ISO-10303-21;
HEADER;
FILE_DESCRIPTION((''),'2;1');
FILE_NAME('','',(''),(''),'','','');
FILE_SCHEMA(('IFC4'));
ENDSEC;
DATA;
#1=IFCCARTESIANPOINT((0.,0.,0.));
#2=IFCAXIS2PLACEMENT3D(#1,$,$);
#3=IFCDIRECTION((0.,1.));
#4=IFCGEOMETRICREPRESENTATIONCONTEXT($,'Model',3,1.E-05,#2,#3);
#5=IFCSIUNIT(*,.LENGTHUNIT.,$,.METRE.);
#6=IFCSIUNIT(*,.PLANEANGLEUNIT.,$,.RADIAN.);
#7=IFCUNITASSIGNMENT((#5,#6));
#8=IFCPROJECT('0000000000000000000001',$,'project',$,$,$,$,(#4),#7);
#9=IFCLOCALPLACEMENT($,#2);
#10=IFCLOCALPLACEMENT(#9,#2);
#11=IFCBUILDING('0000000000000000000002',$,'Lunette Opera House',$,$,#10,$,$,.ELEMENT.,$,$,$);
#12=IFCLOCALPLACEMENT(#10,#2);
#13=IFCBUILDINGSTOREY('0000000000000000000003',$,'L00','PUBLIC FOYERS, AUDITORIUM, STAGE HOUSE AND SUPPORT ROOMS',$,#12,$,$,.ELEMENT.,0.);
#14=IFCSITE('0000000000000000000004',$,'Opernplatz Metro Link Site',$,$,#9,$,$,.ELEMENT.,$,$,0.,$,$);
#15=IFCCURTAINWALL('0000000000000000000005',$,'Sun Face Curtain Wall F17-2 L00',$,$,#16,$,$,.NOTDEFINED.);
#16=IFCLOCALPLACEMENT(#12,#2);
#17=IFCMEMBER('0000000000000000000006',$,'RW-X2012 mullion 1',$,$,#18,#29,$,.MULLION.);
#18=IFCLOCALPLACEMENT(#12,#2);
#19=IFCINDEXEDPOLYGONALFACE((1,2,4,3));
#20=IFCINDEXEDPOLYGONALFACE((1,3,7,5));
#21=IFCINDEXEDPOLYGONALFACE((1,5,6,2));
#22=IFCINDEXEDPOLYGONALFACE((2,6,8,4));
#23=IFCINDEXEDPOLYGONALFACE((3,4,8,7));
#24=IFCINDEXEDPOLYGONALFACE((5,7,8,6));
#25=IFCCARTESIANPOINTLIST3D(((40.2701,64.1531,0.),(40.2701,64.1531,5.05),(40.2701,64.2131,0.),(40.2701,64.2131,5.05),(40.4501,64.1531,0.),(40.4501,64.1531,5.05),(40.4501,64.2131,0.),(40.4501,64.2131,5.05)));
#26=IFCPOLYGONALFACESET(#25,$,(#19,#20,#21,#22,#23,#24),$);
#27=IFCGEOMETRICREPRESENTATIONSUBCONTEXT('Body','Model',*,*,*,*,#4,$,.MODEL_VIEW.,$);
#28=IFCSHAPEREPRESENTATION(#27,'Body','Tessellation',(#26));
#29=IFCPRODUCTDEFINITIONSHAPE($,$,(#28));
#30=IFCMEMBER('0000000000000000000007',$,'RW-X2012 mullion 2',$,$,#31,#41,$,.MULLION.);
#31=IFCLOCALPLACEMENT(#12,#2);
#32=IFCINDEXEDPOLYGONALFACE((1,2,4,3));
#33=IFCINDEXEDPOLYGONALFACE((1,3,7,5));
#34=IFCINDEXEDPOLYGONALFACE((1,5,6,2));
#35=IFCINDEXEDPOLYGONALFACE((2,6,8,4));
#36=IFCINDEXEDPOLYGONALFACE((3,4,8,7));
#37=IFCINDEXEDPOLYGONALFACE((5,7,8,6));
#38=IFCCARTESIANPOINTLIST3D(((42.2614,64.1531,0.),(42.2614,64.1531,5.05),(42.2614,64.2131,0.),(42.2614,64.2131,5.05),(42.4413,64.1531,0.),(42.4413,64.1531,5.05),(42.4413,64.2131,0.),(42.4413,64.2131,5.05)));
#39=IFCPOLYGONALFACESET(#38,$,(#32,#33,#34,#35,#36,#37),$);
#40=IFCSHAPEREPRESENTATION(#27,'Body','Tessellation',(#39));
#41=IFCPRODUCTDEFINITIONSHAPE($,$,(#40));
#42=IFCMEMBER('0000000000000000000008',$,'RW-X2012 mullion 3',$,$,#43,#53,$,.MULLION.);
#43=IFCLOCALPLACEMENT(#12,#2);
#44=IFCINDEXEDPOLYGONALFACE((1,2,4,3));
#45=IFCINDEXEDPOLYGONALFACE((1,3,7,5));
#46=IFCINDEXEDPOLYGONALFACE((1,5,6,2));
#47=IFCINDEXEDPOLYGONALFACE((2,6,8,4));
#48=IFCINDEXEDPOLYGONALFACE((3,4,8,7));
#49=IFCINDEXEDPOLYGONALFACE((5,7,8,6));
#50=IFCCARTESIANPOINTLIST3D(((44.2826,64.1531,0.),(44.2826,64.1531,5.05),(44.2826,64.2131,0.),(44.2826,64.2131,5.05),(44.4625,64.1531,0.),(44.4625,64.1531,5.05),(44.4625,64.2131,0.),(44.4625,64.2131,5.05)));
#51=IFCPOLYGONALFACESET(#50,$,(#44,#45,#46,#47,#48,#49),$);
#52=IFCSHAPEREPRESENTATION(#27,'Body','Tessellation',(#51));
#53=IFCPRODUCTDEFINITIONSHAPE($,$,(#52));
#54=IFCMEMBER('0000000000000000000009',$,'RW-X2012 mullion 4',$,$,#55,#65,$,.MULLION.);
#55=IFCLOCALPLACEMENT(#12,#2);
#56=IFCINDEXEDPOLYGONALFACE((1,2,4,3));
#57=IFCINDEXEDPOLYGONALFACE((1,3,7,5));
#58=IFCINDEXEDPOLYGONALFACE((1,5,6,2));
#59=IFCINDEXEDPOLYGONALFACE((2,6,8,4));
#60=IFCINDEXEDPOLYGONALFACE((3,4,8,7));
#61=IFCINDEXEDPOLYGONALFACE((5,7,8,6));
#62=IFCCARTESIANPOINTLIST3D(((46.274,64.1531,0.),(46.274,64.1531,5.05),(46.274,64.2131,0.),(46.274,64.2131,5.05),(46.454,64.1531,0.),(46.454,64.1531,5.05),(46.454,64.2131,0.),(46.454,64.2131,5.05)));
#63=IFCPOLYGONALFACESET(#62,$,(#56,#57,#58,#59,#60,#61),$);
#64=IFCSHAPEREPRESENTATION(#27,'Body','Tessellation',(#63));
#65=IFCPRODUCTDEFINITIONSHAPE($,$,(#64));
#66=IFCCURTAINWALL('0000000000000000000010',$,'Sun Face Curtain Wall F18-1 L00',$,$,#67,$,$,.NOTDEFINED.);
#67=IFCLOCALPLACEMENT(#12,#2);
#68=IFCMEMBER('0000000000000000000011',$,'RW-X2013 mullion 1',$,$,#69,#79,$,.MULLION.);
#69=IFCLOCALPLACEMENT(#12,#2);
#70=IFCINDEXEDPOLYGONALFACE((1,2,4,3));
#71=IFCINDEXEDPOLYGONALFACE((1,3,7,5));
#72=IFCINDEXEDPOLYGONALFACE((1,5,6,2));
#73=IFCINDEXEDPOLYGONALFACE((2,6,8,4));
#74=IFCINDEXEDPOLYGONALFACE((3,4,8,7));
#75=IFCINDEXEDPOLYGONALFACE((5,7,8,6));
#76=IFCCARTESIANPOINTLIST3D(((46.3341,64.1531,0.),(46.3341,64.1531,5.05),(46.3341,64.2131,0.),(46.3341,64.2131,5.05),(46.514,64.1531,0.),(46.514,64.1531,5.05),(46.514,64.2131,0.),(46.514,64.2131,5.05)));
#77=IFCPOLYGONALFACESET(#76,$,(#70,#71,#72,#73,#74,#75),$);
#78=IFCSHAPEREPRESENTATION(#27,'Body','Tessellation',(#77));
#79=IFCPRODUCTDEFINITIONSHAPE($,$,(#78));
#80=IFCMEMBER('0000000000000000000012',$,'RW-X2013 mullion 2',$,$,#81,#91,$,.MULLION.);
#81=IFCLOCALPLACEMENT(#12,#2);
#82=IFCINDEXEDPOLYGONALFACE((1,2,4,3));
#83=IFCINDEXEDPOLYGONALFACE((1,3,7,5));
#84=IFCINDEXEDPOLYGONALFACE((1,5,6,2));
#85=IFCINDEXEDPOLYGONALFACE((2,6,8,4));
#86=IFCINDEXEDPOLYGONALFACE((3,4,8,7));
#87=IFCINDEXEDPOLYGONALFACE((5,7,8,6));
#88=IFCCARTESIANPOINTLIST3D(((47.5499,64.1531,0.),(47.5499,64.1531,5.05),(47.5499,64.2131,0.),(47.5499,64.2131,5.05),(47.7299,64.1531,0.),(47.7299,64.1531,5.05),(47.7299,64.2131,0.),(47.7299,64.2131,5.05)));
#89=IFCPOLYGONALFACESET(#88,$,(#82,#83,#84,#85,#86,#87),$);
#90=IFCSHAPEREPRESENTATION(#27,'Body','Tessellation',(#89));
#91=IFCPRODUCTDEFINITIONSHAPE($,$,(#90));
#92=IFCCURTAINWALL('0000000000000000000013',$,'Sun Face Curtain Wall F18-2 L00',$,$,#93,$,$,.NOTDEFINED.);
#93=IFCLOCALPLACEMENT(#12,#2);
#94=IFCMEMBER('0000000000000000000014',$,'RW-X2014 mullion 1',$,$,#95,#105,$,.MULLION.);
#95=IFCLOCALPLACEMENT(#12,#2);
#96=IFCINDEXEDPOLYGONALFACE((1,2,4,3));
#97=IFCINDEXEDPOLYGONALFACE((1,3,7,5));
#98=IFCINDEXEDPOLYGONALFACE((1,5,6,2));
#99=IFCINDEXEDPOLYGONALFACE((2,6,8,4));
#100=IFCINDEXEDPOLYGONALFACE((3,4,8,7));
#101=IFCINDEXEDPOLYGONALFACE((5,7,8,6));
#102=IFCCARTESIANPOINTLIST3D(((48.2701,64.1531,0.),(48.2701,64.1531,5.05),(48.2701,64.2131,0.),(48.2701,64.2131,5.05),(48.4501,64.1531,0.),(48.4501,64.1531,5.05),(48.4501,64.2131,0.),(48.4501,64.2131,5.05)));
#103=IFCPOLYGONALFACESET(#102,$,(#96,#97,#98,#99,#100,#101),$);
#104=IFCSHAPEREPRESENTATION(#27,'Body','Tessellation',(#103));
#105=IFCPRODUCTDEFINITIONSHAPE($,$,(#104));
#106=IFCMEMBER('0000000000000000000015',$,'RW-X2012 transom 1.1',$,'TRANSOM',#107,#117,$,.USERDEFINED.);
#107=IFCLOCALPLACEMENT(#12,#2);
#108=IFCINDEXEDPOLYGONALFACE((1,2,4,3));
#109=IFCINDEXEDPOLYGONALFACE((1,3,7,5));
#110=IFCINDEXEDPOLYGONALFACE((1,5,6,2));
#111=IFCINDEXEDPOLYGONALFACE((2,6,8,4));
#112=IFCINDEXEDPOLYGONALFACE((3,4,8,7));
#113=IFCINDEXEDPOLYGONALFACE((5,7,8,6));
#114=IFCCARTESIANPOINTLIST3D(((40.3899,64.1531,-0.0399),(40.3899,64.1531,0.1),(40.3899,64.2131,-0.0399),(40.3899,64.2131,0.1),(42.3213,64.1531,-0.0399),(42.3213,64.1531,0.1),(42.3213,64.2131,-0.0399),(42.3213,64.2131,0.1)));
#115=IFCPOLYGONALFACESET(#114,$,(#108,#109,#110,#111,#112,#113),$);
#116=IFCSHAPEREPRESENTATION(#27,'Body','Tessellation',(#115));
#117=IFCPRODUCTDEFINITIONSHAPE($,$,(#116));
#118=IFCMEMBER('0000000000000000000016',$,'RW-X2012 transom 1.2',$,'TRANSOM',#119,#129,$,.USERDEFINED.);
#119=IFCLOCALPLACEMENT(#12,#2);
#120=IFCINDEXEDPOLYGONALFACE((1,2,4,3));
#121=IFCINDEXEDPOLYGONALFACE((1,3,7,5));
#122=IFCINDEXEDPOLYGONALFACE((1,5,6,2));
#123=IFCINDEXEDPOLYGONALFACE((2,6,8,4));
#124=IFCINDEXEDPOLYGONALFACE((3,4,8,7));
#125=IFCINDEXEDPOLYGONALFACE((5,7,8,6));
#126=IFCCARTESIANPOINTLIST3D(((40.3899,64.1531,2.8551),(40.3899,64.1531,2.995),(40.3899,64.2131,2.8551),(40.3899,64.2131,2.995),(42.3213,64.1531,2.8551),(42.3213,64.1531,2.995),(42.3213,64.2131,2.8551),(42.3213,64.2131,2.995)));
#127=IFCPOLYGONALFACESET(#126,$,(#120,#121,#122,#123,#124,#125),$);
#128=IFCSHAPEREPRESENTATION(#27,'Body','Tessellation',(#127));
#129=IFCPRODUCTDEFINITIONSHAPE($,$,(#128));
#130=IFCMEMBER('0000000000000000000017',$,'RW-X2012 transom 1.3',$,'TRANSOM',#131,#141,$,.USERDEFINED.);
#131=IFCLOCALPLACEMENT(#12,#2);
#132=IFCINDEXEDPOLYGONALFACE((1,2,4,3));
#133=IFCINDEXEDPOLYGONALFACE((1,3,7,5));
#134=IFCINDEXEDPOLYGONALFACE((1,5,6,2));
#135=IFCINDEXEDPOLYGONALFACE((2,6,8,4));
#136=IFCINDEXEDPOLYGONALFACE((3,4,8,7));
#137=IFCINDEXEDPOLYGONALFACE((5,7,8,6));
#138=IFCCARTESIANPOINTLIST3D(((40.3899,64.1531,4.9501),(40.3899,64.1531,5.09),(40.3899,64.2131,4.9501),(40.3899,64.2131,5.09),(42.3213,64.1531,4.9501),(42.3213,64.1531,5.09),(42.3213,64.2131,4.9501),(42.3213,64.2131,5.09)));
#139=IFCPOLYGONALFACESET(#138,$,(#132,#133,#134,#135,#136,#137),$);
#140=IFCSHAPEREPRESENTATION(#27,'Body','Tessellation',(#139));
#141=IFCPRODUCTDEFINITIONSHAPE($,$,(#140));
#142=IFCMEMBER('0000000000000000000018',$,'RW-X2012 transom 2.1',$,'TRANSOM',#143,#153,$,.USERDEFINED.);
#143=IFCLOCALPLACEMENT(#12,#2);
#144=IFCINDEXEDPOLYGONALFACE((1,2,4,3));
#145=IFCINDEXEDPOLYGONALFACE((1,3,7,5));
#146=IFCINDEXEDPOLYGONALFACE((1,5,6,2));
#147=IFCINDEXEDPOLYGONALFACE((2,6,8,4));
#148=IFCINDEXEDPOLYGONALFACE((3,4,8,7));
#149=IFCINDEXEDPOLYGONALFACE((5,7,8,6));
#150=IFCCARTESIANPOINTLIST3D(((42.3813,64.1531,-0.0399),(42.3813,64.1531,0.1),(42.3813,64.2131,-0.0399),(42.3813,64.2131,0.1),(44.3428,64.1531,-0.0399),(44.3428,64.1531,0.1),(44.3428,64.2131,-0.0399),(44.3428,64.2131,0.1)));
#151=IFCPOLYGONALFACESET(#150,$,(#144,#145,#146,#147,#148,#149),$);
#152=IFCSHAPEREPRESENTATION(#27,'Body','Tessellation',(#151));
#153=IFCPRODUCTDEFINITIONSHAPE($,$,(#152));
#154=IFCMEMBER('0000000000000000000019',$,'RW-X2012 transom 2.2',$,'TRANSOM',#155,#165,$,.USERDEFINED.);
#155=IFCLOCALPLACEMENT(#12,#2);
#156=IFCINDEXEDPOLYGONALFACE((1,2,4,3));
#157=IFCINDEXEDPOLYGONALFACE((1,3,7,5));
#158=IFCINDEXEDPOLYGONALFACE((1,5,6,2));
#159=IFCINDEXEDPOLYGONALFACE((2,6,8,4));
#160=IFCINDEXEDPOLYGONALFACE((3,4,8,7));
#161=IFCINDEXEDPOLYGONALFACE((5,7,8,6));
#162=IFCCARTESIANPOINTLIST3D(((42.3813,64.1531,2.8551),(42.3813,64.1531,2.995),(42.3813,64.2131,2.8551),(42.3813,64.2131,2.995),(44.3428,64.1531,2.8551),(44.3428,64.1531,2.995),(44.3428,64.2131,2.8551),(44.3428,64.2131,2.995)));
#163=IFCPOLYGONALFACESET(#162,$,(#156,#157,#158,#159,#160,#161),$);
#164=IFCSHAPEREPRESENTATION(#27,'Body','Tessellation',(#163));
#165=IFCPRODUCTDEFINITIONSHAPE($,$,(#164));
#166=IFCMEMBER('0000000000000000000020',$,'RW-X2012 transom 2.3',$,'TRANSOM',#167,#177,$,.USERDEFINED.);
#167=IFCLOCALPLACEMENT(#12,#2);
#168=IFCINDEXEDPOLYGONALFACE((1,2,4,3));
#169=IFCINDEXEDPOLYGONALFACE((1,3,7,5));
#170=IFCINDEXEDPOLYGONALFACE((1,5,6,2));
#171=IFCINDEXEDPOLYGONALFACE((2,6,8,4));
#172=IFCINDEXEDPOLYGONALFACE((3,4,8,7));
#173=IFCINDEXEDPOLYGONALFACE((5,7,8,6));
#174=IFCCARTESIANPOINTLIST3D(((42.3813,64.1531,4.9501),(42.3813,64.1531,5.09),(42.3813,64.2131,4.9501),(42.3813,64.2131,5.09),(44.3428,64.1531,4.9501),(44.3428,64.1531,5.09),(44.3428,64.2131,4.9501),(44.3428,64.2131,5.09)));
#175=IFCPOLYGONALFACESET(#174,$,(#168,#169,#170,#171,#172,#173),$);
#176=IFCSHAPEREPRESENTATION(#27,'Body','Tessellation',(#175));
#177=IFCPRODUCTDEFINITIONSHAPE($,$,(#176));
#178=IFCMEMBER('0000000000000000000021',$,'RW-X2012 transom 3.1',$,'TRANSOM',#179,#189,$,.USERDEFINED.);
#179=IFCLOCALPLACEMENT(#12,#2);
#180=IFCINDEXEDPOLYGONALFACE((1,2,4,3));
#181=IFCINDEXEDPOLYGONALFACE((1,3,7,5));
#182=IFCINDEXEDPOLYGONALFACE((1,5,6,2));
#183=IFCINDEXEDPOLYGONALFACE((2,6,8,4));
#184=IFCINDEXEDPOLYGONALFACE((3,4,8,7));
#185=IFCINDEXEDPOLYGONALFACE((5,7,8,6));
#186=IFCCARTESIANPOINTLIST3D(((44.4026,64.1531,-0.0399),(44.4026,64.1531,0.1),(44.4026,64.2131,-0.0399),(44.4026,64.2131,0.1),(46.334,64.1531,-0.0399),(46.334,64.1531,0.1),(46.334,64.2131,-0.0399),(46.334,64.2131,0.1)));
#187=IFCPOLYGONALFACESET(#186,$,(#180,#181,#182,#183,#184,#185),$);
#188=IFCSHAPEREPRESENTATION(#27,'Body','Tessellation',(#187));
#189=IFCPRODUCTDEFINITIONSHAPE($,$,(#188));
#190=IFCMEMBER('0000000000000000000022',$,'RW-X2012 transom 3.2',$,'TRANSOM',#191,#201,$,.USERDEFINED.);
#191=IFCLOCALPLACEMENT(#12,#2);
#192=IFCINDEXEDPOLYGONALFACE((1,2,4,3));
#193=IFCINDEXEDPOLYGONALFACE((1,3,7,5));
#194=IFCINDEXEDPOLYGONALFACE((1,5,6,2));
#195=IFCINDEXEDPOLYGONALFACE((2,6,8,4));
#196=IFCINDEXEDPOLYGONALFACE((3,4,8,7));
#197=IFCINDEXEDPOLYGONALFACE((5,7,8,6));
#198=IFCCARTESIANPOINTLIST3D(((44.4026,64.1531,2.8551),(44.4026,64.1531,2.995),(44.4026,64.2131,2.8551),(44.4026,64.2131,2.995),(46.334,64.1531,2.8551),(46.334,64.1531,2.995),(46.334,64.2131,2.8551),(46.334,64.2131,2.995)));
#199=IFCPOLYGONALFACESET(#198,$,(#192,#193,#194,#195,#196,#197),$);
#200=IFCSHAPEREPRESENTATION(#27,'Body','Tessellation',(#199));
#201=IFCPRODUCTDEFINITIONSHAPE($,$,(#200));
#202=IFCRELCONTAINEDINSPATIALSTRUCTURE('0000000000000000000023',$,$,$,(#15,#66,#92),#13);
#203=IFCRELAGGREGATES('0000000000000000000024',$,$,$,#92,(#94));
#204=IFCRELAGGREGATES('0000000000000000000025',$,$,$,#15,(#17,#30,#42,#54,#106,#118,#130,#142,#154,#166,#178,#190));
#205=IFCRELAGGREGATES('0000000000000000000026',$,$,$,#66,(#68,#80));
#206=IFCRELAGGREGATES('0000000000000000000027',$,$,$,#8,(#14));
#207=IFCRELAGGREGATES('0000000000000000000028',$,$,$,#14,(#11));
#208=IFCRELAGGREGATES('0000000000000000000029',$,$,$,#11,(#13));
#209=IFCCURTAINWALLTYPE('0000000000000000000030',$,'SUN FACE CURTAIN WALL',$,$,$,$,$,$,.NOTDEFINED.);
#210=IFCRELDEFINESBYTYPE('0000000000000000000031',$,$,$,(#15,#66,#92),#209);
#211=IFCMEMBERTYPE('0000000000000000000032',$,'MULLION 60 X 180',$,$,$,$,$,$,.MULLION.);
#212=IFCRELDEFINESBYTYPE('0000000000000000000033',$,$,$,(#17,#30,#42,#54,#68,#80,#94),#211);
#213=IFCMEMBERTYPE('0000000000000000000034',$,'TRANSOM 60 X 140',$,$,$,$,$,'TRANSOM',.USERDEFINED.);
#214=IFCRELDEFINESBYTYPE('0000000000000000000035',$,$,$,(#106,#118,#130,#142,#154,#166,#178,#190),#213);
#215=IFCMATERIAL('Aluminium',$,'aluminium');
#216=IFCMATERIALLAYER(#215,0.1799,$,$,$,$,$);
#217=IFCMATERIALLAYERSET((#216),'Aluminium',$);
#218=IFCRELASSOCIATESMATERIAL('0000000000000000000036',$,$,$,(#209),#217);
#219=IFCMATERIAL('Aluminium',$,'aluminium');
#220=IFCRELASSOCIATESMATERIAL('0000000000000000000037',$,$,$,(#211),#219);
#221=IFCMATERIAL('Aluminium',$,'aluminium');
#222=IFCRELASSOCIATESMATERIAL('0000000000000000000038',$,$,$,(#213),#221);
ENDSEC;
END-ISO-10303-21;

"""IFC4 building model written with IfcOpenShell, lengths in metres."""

from ifc_helpers import new_model, si_unit, direction, frame, origin, origin_2d, place, context, subcontext, project, spatial, rectangle, extrude, material, layer, layer_set, material_profile, profile_set, type_object, element, aggregate, save


model = new_model("IFC4")

# Units and contexts
model_context = context("Model", 3, precision=1e-05, world=origin(), true_north=direction((0.0, 1.0)))
body_context = subcontext(model_context, "Body", "Model", "MODEL_VIEW")
ifc_project = project(units=[si_unit("LENGTHUNIT", "METRE"), si_unit("PLANEANGLEUNIT", "RADIAN")], contexts=[model_context])

# Site, building, storey
site_placement = place(None, origin())
site = spatial("IfcSite", under=ifc_project, at=site_placement, Name="Opernplatz Metro Link Site", CompositionType="ELEMENT", RefElevation=0.0)
building_placement = place(site_placement, origin())
building = spatial("IfcBuilding", under=site, at=building_placement, Name="Lunette Opera House", CompositionType="ELEMENT")
storey_placement = place(building_placement, origin())
storey = spatial("IfcBuildingStorey", under=building, at=storey_placement, Name="L00", Description="PUBLIC FOYERS, AUDITORIUM, STAGE HOUSE AND SUPPORT ROOMS", CompositionType="ELEMENT", Elevation=0.0)

# Curtain walls, members
ifc_material_1 = material(Name="Aluminium", Category="aluminium")
ifc_layer_1 = layer(ifc_material_1, 0.1799)
ifc_layer_set_1 = layer_set([ifc_layer_1], Name="Aluminium")
curtain_wall_type = type_object("IfcCurtainWallType", Name="SUN FACE CURTAIN WALL", PredefinedType="NOTDEFINED", material=ifc_layer_set_1)
curtain_wall_1_placement = place(storey_placement, origin())
curtain_wall_1 = element("IfcCurtainWall", 1, at=curtain_wall_1_placement, inside=storey, type_object=curtain_wall_type, Name="Sun Face Curtain Wall F17-2 L00", PredefinedType="NOTDEFINED")
ifc_material_2 = material(Name="Aluminium", Category="aluminium")
ifc_material_profile_1 = material_profile(ifc_material_2, rectangle(XDim=0.0601, YDim=0.1799, at=origin_2d()), Name="MULLION 60 X 180")
ifc_profile_set_1 = profile_set([ifc_material_profile_1], Name="Aluminium")
member_type_1 = type_object("IfcMemberType", Name="MULLION 60 X 180", PredefinedType="MULLION", material=ifc_profile_set_1)
member_1_placement = place(storey_placement, frame((40.3601, 64.1831, 0.0), z_axis=(0.0, 0.0, 1.0), x_axis=(0.0, 1.0, 0.0)))
member_1 = element("IfcMember", 2, at=member_1_placement, type_object=member_type_1, Name="RW-X2012 mullion 1", PredefinedType="MULLION", context=body_context, shape_type="SweptSolid", body=[
    extrude(rectangle(XDim=0.0601, YDim=0.1799, at=origin_2d()), origin(), (0.0, 0.0, 1.0), 5.05),
])
member_2_placement = place(storey_placement, frame((42.3513, 64.1831, 0.0), z_axis=(0.0, 0.0, 1.0), x_axis=(0.0, 1.0, 0.0)))
member_2 = element("IfcMember", 3, at=member_2_placement, type_object=member_type_1, Name="RW-X2012 mullion 2", PredefinedType="MULLION", context=body_context, shape_type="SweptSolid", body=[
    extrude(rectangle(XDim=0.0601, YDim=0.1799, at=origin_2d()), origin(), (0.0, 0.0, 1.0), 5.05),
])
member_3_placement = place(storey_placement, frame((44.3726, 64.1831, 0.0), z_axis=(0.0, 0.0, 1.0), x_axis=(0.0, 1.0, 0.0)))
member_3 = element("IfcMember", 4, at=member_3_placement, type_object=member_type_1, Name="RW-X2012 mullion 3", PredefinedType="MULLION", context=body_context, shape_type="SweptSolid", body=[
    extrude(rectangle(XDim=0.0601, YDim=0.1799, at=origin_2d()), origin(), (0.0, 0.0, 1.0), 5.05),
])
member_4_placement = place(storey_placement, frame((46.364, 64.1831, 0.0), z_axis=(0.0, 0.0, 1.0), x_axis=(0.0, 1.0, 0.0)))
member_4 = element("IfcMember", 5, at=member_4_placement, type_object=member_type_1, Name="RW-X2012 mullion 4", PredefinedType="MULLION", context=body_context, shape_type="SweptSolid", body=[
    extrude(rectangle(XDim=0.0601, YDim=0.1799, at=origin_2d()), origin(), (0.0, 0.0, 1.0), 5.05),
])
curtain_wall_2_placement = place(storey_placement, origin())
curtain_wall_2 = element("IfcCurtainWall", 6, at=curtain_wall_2_placement, inside=storey, type_object=curtain_wall_type, Name="Sun Face Curtain Wall F18-1 L00", PredefinedType="NOTDEFINED")
member_5_placement = place(storey_placement, frame((46.4241, 64.1831, 0.0), z_axis=(0.0, 0.0, 1.0), x_axis=(0.0, 1.0, 0.0)))
member_5 = element("IfcMember", 7, at=member_5_placement, type_object=member_type_1, Name="RW-X2013 mullion 1", PredefinedType="MULLION", context=body_context, shape_type="SweptSolid", body=[
    extrude(rectangle(XDim=0.0601, YDim=0.1799, at=origin_2d()), origin(), (0.0, 0.0, 1.0), 5.05),
])
member_6_placement = place(storey_placement, frame((47.6399, 64.1831, 0.0), z_axis=(0.0, 0.0, 1.0), x_axis=(0.0, 1.0, 0.0)))
member_6 = element("IfcMember", 8, at=member_6_placement, type_object=member_type_1, Name="RW-X2013 mullion 2", PredefinedType="MULLION", context=body_context, shape_type="SweptSolid", body=[
    extrude(rectangle(XDim=0.0601, YDim=0.1799, at=origin_2d()), origin(), (0.0, 0.0, 1.0), 5.05),
])

# Curtain wall, member
curtain_wall_3_placement = place(storey_placement, origin())
curtain_wall_3 = element("IfcCurtainWall", 9, at=curtain_wall_3_placement, inside=storey, type_object=curtain_wall_type, Name="Sun Face Curtain Wall F18-2 L00", PredefinedType="NOTDEFINED")
member_7_placement = place(storey_placement, frame((48.3601, 64.1831, 0.0), z_axis=(0.0, 0.0, 1.0), x_axis=(0.0, 1.0, 0.0)))
member_7 = element("IfcMember", 10, at=member_7_placement, type_object=member_type_1, Name="RW-X2014 mullion 1", PredefinedType="MULLION", context=body_context, shape_type="SweptSolid", body=[
    extrude(rectangle(XDim=0.0601, YDim=0.1799, at=origin_2d()), origin(), (0.0, 0.0, 1.0), 5.05),
])

# Members
ifc_material_3 = material(Name="Aluminium", Category="aluminium")
ifc_material_profile_2 = material_profile(ifc_material_3, rectangle(XDim=0.0601, YDim=0.1399, at=origin_2d()), Name="TRANSOM 60 X 140")
ifc_profile_set_2 = profile_set([ifc_material_profile_2], Name="Aluminium")
member_type_2 = type_object("IfcMemberType", Name="TRANSOM 60 X 140", ElementType="TRANSOM", PredefinedType="USERDEFINED", material=ifc_profile_set_2)
member_8_placement = place(storey_placement, frame((40.3899, 64.1831, 0.03), z_axis=(1.0, 0.0, 0.0), x_axis=(0.0, 1.0, 0.0)))
member_8 = element("IfcMember", 11, at=member_8_placement, type_object=member_type_2, Name="RW-X2012 transom 1.1", ObjectType="TRANSOM", PredefinedType="USERDEFINED", context=body_context, shape_type="SweptSolid", body=[
    extrude(rectangle(XDim=0.0601, YDim=0.1399, at=origin_2d()), origin(), (0.0, 0.0, 1.0), 1.9314),
])
member_9_placement = place(storey_placement, frame((40.3899, 64.1831, 2.925), z_axis=(1.0, 0.0, 0.0), x_axis=(0.0, 1.0, 0.0)))
member_9 = element("IfcMember", 12, at=member_9_placement, type_object=member_type_2, Name="RW-X2012 transom 1.2", ObjectType="TRANSOM", PredefinedType="USERDEFINED", context=body_context, shape_type="SweptSolid", body=[
    extrude(rectangle(XDim=0.0601, YDim=0.1399, at=origin_2d()), origin(), (0.0, 0.0, 1.0), 1.9314),
])
member_10_placement = place(storey_placement, frame((40.3899, 64.1831, 5.02), z_axis=(1.0, 0.0, 0.0), x_axis=(0.0, 1.0, 0.0)))
member_10 = element("IfcMember", 13, at=member_10_placement, type_object=member_type_2, Name="RW-X2012 transom 1.3", ObjectType="TRANSOM", PredefinedType="USERDEFINED", context=body_context, shape_type="SweptSolid", body=[
    extrude(rectangle(XDim=0.0601, YDim=0.1399, at=origin_2d()), origin(), (0.0, 0.0, 1.0), 1.9314),
])
member_11_placement = place(storey_placement, frame((42.3813, 64.1831, 0.03), z_axis=(1.0, 0.0, 0.0), x_axis=(0.0, 1.0, 0.0)))
member_11 = element("IfcMember", 14, at=member_11_placement, type_object=member_type_2, Name="RW-X2012 transom 2.1", ObjectType="TRANSOM", PredefinedType="USERDEFINED", context=body_context, shape_type="SweptSolid", body=[
    extrude(rectangle(XDim=0.0601, YDim=0.1399, at=origin_2d()), origin(), (0.0, 0.0, 1.0), 1.9614),
])
member_12_placement = place(storey_placement, frame((42.3813, 64.1831, 2.925), z_axis=(1.0, 0.0, 0.0), x_axis=(0.0, 1.0, 0.0)))
member_12 = element("IfcMember", 15, at=member_12_placement, type_object=member_type_2, Name="RW-X2012 transom 2.2", ObjectType="TRANSOM", PredefinedType="USERDEFINED", context=body_context, shape_type="SweptSolid", body=[
    extrude(rectangle(XDim=0.0601, YDim=0.1399, at=origin_2d()), origin(), (0.0, 0.0, 1.0), 1.9614),
])
member_13_placement = place(storey_placement, frame((42.3813, 64.1831, 5.02), z_axis=(1.0, 0.0, 0.0), x_axis=(0.0, 1.0, 0.0)))
member_13 = element("IfcMember", 16, at=member_13_placement, type_object=member_type_2, Name="RW-X2012 transom 2.3", ObjectType="TRANSOM", PredefinedType="USERDEFINED", context=body_context, shape_type="SweptSolid", body=[
    extrude(rectangle(XDim=0.0601, YDim=0.1399, at=origin_2d()), origin(), (0.0, 0.0, 1.0), 1.9614),
])
member_14_placement = place(storey_placement, frame((44.4026, 64.1831, 0.03), z_axis=(1.0, 0.0, 0.0), x_axis=(0.0, 1.0, 0.0)))
member_14 = element("IfcMember", 17, at=member_14_placement, type_object=member_type_2, Name="RW-X2012 transom 3.1", ObjectType="TRANSOM", PredefinedType="USERDEFINED", context=body_context, shape_type="SweptSolid", body=[
    extrude(rectangle(XDim=0.0601, YDim=0.1399, at=origin_2d()), origin(), (0.0, 0.0, 1.0), 1.9314),
])
member_15_placement = place(storey_placement, frame((44.4026, 64.1831, 2.925), z_axis=(1.0, 0.0, 0.0), x_axis=(0.0, 1.0, 0.0)))
member_15 = element("IfcMember", 18, at=member_15_placement, type_object=member_type_2, Name="RW-X2012 transom 3.2", ObjectType="TRANSOM", PredefinedType="USERDEFINED", context=body_context, shape_type="SweptSolid", body=[
    extrude(rectangle(XDim=0.0601, YDim=0.1399, at=origin_2d()), origin(), (0.0, 0.0, 1.0), 1.9314),
])
aggregate(curtain_wall_3, [member_7])

aggregate(curtain_wall_1, [member_1, member_2, member_3, member_4, member_8, member_9, member_10, member_11, member_12, member_13, member_14, member_15])
aggregate(curtain_wall_2, [member_5, member_6])

save(model, "model.ifc")
